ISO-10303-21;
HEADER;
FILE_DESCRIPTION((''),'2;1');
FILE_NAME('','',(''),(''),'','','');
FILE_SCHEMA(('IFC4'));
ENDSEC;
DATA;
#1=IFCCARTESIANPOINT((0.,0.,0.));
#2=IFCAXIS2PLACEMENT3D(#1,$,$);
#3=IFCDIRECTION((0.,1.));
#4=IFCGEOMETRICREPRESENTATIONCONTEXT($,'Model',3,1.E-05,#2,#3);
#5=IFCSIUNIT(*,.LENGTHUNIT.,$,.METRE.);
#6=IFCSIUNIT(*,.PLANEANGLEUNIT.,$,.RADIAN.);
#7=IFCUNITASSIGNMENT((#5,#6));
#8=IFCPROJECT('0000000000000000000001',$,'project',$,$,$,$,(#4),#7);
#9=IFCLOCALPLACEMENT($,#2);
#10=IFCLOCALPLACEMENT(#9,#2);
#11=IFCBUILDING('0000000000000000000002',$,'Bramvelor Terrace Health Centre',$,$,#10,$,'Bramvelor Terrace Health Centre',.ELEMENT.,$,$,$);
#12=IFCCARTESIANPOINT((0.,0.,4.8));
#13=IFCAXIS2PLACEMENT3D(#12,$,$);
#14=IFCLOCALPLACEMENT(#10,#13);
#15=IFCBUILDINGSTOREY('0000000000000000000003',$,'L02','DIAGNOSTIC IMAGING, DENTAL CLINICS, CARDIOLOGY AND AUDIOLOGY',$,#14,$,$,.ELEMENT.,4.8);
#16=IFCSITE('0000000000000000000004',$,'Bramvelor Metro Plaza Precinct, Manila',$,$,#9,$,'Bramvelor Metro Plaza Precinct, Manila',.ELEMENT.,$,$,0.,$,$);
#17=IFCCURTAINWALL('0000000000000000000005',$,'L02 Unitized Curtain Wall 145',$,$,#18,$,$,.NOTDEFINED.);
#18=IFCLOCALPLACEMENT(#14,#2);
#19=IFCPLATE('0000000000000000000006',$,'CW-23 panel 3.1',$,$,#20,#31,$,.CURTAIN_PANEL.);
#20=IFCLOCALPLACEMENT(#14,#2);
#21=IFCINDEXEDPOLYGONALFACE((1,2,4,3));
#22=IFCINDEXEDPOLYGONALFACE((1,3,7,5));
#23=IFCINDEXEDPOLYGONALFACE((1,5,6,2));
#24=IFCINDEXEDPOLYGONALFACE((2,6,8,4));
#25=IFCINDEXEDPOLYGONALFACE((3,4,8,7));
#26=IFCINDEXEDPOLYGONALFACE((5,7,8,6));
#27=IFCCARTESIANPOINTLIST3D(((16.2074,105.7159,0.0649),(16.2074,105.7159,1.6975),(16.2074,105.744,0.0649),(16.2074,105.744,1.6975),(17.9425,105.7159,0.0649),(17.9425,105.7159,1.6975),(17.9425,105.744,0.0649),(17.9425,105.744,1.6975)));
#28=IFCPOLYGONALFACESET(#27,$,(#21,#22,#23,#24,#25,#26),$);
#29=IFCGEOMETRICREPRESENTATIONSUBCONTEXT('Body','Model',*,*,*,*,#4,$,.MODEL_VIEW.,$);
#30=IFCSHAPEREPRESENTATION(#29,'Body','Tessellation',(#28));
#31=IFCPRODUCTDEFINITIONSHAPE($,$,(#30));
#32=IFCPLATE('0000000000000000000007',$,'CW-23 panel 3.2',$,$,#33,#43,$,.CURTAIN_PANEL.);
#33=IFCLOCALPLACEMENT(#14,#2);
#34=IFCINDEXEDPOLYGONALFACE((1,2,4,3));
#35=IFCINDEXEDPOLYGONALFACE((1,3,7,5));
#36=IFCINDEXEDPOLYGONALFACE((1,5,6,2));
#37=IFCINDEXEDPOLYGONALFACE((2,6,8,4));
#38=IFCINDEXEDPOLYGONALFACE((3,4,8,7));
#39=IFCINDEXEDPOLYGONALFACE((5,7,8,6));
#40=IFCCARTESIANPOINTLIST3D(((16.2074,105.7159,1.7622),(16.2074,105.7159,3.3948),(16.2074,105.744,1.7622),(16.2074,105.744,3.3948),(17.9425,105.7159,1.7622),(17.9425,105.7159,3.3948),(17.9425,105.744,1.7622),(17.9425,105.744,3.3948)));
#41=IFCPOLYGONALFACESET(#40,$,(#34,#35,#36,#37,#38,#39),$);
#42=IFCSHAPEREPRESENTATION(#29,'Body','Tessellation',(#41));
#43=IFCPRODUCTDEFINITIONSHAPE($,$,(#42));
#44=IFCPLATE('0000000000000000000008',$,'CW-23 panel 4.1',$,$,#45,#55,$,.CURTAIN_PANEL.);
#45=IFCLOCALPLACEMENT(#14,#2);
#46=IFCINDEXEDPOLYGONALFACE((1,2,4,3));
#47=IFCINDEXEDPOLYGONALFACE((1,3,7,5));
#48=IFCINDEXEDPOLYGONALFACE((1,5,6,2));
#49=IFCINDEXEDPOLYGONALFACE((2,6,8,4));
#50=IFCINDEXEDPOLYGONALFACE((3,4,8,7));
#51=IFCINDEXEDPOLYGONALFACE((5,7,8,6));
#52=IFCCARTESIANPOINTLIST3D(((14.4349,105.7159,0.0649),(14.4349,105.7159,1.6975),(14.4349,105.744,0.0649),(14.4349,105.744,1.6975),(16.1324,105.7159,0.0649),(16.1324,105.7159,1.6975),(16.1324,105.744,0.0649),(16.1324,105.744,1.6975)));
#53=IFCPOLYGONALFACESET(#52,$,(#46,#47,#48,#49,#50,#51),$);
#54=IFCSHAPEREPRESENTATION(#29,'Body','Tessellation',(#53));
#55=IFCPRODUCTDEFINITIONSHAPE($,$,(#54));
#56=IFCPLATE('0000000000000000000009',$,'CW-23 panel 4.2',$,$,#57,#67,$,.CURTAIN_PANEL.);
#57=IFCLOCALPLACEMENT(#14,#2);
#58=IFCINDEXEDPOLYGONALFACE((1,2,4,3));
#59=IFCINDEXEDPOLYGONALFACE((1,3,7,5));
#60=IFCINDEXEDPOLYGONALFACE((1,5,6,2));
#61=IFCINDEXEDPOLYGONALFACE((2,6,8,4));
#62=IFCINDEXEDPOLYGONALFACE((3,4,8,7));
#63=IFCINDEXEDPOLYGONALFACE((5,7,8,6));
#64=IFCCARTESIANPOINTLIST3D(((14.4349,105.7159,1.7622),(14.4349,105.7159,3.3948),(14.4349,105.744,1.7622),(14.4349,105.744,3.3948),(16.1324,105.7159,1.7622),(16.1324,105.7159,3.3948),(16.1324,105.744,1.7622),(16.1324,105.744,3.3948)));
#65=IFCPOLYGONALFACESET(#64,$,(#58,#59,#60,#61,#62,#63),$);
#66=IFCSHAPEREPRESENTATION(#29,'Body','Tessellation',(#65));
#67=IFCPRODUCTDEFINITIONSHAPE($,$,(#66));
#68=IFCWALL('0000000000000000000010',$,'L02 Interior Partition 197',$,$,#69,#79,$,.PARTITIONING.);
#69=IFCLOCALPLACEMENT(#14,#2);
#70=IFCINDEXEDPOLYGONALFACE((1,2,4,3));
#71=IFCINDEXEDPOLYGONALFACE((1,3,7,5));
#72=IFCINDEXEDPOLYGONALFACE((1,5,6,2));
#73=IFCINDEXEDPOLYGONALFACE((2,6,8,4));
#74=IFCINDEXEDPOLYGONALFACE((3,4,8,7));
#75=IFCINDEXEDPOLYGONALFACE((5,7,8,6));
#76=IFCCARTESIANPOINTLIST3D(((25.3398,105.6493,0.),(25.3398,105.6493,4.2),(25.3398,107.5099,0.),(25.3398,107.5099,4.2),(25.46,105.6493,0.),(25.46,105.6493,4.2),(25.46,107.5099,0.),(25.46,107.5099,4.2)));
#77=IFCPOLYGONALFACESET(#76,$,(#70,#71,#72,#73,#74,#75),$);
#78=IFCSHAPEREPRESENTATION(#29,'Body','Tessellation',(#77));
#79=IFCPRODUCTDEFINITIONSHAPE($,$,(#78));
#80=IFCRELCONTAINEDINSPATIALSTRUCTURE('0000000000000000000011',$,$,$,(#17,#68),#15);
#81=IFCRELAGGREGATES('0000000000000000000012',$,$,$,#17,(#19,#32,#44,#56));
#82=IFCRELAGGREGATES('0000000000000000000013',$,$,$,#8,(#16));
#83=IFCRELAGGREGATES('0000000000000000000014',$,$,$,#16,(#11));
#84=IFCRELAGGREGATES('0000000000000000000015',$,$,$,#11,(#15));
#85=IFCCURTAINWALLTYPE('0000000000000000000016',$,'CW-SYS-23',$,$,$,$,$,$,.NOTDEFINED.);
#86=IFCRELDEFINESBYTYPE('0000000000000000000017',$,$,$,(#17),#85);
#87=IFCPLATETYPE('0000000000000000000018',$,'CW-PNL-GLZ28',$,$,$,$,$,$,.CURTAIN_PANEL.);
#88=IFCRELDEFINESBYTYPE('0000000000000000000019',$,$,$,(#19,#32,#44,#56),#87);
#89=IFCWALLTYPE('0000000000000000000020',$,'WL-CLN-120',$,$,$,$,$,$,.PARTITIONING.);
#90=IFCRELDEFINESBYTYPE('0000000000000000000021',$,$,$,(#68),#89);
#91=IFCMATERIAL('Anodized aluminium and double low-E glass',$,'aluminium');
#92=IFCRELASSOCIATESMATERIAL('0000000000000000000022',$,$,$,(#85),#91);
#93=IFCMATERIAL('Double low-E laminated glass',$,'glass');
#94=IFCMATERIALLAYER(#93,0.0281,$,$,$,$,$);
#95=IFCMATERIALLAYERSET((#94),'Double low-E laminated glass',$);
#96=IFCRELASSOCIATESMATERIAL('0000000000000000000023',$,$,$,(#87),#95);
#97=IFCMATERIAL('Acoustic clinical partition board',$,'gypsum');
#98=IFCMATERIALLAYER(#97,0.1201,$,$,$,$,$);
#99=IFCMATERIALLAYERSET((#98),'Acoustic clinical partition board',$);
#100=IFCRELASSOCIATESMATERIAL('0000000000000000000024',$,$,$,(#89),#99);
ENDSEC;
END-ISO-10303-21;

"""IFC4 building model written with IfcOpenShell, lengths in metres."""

from ifc_helpers import new_model, si_unit, direction, frame, frame_2d, origin, origin_2d, place, context, subcontext, project, spatial, rectangle, extrude, material, layer, layer_set, type_object, element, aggregate, save


model = new_model("IFC4")

# Units and contexts
model_context = context("Model", 3, precision=1e-05, world=origin(), true_north=direction((0.0, 1.0)))
body_context = subcontext(model_context, "Body", "Model", "MODEL_VIEW")
ifc_project = project(units=[si_unit("LENGTHUNIT", "METRE"), si_unit("PLANEANGLEUNIT", "RADIAN")], contexts=[model_context])

# Site, building, storey
site_placement = place(None, origin())
site = spatial("IfcSite", under=ifc_project, at=site_placement, Name="Bramvelor Metro Plaza Precinct, Manila", LongName="Bramvelor Metro Plaza Precinct, Manila", CompositionType="ELEMENT", RefElevation=0.0)
building_placement = place(site_placement, origin())
building = spatial("IfcBuilding", under=site, at=building_placement, Name="Bramvelor Terrace Health Centre", LongName="Bramvelor Terrace Health Centre", CompositionType="ELEMENT")
storey_placement = place(building_placement, frame((0.0, 0.0, 4.8)))
storey = spatial("IfcBuildingStorey", under=building, at=storey_placement, Name="L02", Description="DIAGNOSTIC IMAGING, DENTAL CLINICS, CARDIOLOGY AND AUDIOLOGY", CompositionType="ELEMENT", Elevation=4.8)

# Curtain wall
ifc_material_1 = material(Name="Anodized aluminium and double low-E glass", Category="aluminium")
curtain_wall_type_1 = type_object("IfcCurtainWallType", Name="CW-SYS-23", PredefinedType="NOTDEFINED", material=ifc_material_1)
curtain_wall_1_placement = place(storey_placement, origin())
curtain_wall_1 = element("IfcCurtainWall", 1, at=curtain_wall_1_placement, inside=storey, type_object=curtain_wall_type_1, Name="L02 Unitized Curtain Wall 145", PredefinedType="NOTDEFINED")

# Plates
ifc_material_2 = material(Name="Double low-E laminated glass", Category="glass")
ifc_layer_1 = layer(ifc_material_2, 0.0281)
ifc_layer_set_1 = layer_set([ifc_layer_1], Name="Double low-E laminated glass")
plate_type = type_object("IfcPlateType", Name="CW-PNL-GLZ28", PredefinedType="CURTAIN_PANEL", material=ifc_layer_set_1)
plate_1_placement = place(storey_placement, frame((17.075, 105.73, 0.0649), z_axis=(0.0, 0.0, 1.0), x_axis=(-1.0, 0.0, 0.0)))
plate_1 = element("IfcPlate", 2, at=plate_1_placement, type_object=plate_type, Name="CW-23 panel 3.1", PredefinedType="CURTAIN_PANEL", context=body_context, shape_type="SweptSolid", body=[
    extrude(rectangle(XDim=1.7351, YDim=0.0281, at=origin_2d()), origin(), (0.0, 0.0, 1.0), 1.6326),
])
plate_2_placement = place(storey_placement, frame((17.075, 105.73, 1.7622), z_axis=(0.0, 0.0, 1.0), x_axis=(-1.0, 0.0, 0.0)))
plate_2 = element("IfcPlate", 3, at=plate_2_placement, type_object=plate_type, Name="CW-23 panel 3.2", PredefinedType="CURTAIN_PANEL", context=body_context, shape_type="SweptSolid", body=[
    extrude(rectangle(XDim=1.7351, YDim=0.0281, at=origin_2d()), origin(), (0.0, 0.0, 1.0), 1.6326),
])
plate_3_placement = place(storey_placement, frame((15.2837, 105.73, 0.0649), z_axis=(0.0, 0.0, 1.0), x_axis=(-1.0, 0.0, 0.0)))
plate_3 = element("IfcPlate", 4, at=plate_3_placement, type_object=plate_type, Name="CW-23 panel 4.1", PredefinedType="CURTAIN_PANEL", context=body_context, shape_type="SweptSolid", body=[
    extrude(rectangle(XDim=1.6975, YDim=0.0281, at=origin_2d()), origin(), (0.0, 0.0, 1.0), 1.6326),
])
plate_4_placement = place(storey_placement, frame((15.2837, 105.73, 1.7622), z_axis=(0.0, 0.0, 1.0), x_axis=(-1.0, 0.0, 0.0)))
plate_4 = element("IfcPlate", 5, at=plate_4_placement, type_object=plate_type, Name="CW-23 panel 4.2", PredefinedType="CURTAIN_PANEL", context=body_context, shape_type="SweptSolid", body=[
    extrude(rectangle(XDim=1.6975, YDim=0.0281, at=origin_2d()), origin(), (0.0, 0.0, 1.0), 1.6326),
])
aggregate(curtain_wall_1, [plate_1, plate_2, plate_3, plate_4])

# Wall
ifc_material_3 = material(Name="Acoustic clinical partition board", Category="gypsum")
ifc_layer_2 = layer(ifc_material_3, 0.1201)
ifc_layer_set_2 = layer_set([ifc_layer_2], Name="Acoustic clinical partition board")
wall_type = type_object("IfcWallType", Name="WL-CLN-120", PredefinedType="PARTITIONING", material=ifc_layer_set_2)
wall_placement = place(storey_placement, frame((25.3999, 105.6494, 0.0), z_axis=(0.0, 0.0, 1.0), x_axis=(0.0, 1.0, 0.0)))
element("IfcWall", 6, at=wall_placement, inside=storey, type_object=wall_type, Name="L02 Interior Partition 197", PredefinedType="PARTITIONING", context=body_context, shape_type="SweptSolid", body=[
    extrude(rectangle(XDim=1.8606, YDim=0.1201, at=frame_2d((0.9302, 0.0))), origin(), (0.0, 0.0, 1.0), 4.2),
])

save(model, "model.ifc")
